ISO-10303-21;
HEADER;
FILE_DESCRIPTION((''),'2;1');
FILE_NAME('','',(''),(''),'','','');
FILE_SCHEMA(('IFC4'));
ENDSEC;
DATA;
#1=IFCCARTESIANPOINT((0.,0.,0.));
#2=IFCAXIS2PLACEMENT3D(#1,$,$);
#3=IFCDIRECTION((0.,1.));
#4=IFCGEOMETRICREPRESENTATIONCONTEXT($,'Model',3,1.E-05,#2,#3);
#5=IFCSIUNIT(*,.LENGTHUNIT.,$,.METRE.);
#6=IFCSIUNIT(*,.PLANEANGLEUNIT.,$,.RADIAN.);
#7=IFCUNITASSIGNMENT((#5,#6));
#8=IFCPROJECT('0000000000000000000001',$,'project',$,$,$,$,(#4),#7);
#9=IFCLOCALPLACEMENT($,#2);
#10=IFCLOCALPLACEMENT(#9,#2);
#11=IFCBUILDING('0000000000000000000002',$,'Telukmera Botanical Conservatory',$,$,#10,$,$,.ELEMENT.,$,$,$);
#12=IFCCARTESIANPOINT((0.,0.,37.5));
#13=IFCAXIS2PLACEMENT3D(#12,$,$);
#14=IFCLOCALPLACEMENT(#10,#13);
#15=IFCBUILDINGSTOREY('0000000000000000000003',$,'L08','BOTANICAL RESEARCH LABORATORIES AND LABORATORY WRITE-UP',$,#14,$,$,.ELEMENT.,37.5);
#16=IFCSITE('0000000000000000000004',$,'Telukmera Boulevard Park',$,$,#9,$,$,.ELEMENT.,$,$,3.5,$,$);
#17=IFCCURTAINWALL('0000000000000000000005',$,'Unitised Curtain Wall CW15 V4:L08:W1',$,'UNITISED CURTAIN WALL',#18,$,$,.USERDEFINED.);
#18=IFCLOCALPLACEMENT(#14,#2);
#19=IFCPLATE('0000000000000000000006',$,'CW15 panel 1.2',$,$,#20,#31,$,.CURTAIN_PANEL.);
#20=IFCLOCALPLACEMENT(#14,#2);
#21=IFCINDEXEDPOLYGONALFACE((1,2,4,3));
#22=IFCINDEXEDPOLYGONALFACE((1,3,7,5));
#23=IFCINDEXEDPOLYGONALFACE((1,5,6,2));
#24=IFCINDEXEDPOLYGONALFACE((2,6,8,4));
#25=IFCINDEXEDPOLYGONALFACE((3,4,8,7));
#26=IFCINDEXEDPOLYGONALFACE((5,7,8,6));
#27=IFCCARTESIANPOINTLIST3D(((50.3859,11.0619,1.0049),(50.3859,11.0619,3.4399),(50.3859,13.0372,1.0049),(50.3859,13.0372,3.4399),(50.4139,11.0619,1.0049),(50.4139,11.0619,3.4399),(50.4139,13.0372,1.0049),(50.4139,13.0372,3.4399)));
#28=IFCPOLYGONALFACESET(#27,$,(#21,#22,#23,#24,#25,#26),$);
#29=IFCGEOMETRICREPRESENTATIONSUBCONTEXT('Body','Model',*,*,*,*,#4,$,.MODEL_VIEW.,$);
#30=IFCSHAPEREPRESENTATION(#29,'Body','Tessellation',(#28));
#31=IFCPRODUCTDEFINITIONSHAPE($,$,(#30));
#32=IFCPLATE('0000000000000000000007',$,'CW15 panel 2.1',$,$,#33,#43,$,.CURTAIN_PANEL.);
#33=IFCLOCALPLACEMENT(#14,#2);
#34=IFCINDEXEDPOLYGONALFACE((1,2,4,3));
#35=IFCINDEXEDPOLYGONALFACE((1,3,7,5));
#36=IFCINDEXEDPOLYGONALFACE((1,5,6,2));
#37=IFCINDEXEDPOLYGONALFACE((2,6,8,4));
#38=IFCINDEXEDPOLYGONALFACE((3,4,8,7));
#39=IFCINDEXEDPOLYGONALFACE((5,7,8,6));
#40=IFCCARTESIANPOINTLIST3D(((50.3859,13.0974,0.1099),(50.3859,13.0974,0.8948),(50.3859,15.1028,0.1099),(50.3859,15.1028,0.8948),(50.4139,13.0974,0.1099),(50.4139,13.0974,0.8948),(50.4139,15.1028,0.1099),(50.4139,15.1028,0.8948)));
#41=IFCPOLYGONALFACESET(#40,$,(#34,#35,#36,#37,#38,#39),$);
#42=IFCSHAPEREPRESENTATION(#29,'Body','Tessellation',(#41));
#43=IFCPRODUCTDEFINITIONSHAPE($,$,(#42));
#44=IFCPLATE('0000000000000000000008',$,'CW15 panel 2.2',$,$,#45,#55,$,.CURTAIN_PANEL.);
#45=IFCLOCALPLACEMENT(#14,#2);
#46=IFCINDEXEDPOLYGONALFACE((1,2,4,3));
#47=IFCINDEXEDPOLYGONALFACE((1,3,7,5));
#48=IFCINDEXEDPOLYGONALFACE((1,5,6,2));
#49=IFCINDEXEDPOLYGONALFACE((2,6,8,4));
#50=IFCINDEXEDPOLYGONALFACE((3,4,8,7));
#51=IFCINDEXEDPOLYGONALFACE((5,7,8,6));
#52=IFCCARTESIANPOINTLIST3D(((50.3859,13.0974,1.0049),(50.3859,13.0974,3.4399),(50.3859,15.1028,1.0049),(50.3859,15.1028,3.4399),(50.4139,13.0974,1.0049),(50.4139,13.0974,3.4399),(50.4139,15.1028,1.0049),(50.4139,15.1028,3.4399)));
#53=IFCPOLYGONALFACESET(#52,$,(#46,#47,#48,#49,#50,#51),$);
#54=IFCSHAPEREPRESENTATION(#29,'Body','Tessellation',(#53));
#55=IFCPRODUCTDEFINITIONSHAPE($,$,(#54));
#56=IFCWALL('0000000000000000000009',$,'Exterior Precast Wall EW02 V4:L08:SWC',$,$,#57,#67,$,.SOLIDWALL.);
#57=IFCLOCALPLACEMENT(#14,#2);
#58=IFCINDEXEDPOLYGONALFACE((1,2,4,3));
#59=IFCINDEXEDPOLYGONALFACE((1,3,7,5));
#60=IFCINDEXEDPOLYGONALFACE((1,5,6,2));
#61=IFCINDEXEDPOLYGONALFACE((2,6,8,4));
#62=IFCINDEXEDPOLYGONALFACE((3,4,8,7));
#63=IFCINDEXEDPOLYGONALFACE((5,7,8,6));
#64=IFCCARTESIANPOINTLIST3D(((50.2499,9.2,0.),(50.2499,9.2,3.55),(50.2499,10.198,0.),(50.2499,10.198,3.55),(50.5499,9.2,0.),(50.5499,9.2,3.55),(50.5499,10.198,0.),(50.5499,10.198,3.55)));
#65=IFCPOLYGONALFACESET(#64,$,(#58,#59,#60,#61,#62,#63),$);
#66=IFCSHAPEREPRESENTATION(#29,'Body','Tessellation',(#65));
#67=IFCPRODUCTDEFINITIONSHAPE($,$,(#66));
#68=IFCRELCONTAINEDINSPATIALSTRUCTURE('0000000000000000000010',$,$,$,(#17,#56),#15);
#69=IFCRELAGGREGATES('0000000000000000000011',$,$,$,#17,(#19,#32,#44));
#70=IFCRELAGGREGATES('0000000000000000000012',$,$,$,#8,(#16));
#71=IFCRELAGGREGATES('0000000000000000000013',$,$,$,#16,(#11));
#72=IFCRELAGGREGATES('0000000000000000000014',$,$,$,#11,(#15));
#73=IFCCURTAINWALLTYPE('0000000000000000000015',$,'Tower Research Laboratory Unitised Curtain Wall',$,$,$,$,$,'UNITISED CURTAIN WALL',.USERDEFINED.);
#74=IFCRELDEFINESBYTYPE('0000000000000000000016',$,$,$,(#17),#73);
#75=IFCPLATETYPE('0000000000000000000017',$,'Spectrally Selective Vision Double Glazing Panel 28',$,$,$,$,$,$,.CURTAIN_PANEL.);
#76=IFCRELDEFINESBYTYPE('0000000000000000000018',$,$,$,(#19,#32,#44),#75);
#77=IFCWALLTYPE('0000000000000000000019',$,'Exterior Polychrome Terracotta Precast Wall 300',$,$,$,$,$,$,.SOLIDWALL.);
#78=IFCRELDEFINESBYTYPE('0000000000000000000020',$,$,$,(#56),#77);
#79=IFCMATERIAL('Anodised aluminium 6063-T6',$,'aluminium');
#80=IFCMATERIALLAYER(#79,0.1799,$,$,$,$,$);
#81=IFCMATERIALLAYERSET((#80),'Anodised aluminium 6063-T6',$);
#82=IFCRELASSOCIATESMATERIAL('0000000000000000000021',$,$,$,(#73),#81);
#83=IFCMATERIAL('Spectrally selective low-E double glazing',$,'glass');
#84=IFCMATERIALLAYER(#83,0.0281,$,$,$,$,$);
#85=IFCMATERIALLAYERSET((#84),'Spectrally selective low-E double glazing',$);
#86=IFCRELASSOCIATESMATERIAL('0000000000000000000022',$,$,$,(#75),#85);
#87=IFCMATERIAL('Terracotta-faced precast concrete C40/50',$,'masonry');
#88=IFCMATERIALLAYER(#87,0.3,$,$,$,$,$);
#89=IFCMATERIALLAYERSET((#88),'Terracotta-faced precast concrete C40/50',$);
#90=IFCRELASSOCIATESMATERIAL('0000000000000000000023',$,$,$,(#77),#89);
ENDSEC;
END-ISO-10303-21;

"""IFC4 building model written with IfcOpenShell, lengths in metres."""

from ifc_helpers import new_model, si_unit, direction, frame, frame_2d, origin, origin_2d, place, context, subcontext, project, spatial, rectangle, extrude, material, layer, layer_set, type_object, element, aggregate, save


model = new_model("IFC4")

# Units and contexts
model_context = context("Model", 3, precision=1e-05, world=origin(), true_north=direction((0.0, 1.0)))
body_context = subcontext(model_context, "Body", "Model", "MODEL_VIEW")
ifc_project = project(units=[si_unit("LENGTHUNIT", "METRE"), si_unit("PLANEANGLEUNIT", "RADIAN")], contexts=[model_context])

# Site, building, storey
site_placement = place(None, origin())
site = spatial("IfcSite", under=ifc_project, at=site_placement, Name="Telukmera Boulevard Park", CompositionType="ELEMENT", RefElevation=3.5)
building_placement = place(site_placement, origin())
building = spatial("IfcBuilding", under=site, at=building_placement, Name="Telukmera Botanical Conservatory", CompositionType="ELEMENT")
storey_placement = place(building_placement, frame((0.0, 0.0, 37.5)))
storey = spatial("IfcBuildingStorey", under=building, at=storey_placement, Name="L08", Description="BOTANICAL RESEARCH LABORATORIES AND LABORATORY WRITE-UP", CompositionType="ELEMENT", Elevation=37.5)

# Curtain wall, plates
ifc_material_1 = material(Name="Anodised aluminium 6063-T6", Category="aluminium")
ifc_layer_1 = layer(ifc_material_1, 0.1799)
ifc_layer_set_1 = layer_set([ifc_layer_1], Name="Anodised aluminium 6063-T6")
curtain_wall_type = type_object("IfcCurtainWallType", Name="Tower Research Laboratory Unitised Curtain Wall", ElementType="UNITISED CURTAIN WALL", PredefinedType="USERDEFINED", material=ifc_layer_set_1)
curtain_wall_placement = place(storey_placement, origin())
curtain_wall = element("IfcCurtainWall", 1, at=curtain_wall_placement, inside=storey, type_object=curtain_wall_type, Name="Unitised Curtain Wall CW15 V4:L08:W1", ObjectType="UNITISED CURTAIN WALL", PredefinedType="USERDEFINED")
ifc_material_2 = material(Name="Spectrally selective low-E double glazing", Category="glass")
ifc_layer_2 = layer(ifc_material_2, 0.0281)
ifc_layer_set_2 = layer_set([ifc_layer_2], Name="Spectrally selective low-E double glazing")
plate_type = type_object("IfcPlateType", Name="Spectrally Selective Vision Double Glazing Panel 28", PredefinedType="CURTAIN_PANEL", material=ifc_layer_set_2)
plate_1_placement = place(storey_placement, frame((50.3999, 12.0496, 1.0049), z_axis=(0.0, 0.0, 1.0), x_axis=(0.0, 1.0, 0.0)))
plate_1 = element("IfcPlate", 2, at=plate_1_placement, type_object=plate_type, Name="CW15 panel 1.2", PredefinedType="CURTAIN_PANEL", context=body_context, shape_type="SweptSolid", body=[
    extrude(rectangle(XDim=1.9753, YDim=0.0281, at=origin_2d()), origin(), (0.0, 0.0, 1.0), 2.4351),
])
plate_2_placement = place(storey_placement, frame((50.3999, 14.1001, 0.1099), z_axis=(0.0, 0.0, 1.0), x_axis=(0.0, 1.0, 0.0)))
plate_2 = element("IfcPlate", 3, at=plate_2_placement, type_object=plate_type, Name="CW15 panel 2.1", PredefinedType="CURTAIN_PANEL", context=body_context, shape_type="SweptSolid", body=[
    extrude(rectangle(XDim=2.0054, YDim=0.0281, at=origin_2d()), origin(), (0.0, 0.0, 1.0), 0.7849),
])
plate_3_placement = place(storey_placement, frame((50.3999, 14.1001, 1.0049), z_axis=(0.0, 0.0, 1.0), x_axis=(0.0, 1.0, 0.0)))
plate_3 = element("IfcPlate", 4, at=plate_3_placement, type_object=plate_type, Name="CW15 panel 2.2", PredefinedType="CURTAIN_PANEL", context=body_context, shape_type="SweptSolid", body=[
    extrude(rectangle(XDim=2.0054, YDim=0.0281, at=origin_2d()), origin(), (0.0, 0.0, 1.0), 2.4351),
])
aggregate(curtain_wall, [plate_1, plate_2, plate_3])

# Wall
ifc_material_3 = material(Name="Terracotta-faced precast concrete C40/50", Category="masonry")
ifc_layer_3 = layer(ifc_material_3, 0.3)
ifc_layer_set_3 = layer_set([ifc_layer_3], Name="Terracotta-faced precast concrete C40/50")
wall_type = type_object("IfcWallType", Name="Exterior Polychrome Terracotta Precast Wall 300", PredefinedType="SOLIDWALL", material=ifc_layer_set_3)
wall_placement = place(storey_placement, frame((50.3999, 9.2, 0.0), z_axis=(0.0, 0.0, 1.0), x_axis=(0.0, 1.0, 0.0)))
element("IfcWall", 5, at=wall_placement, inside=storey, type_object=wall_type, Name="Exterior Precast Wall EW02 V4:L08:SWC", PredefinedType="SOLIDWALL", context=body_context, shape_type="SweptSolid", body=[
    extrude(rectangle(XDim=0.998, YDim=0.3, at=frame_2d((0.499, 0.0))), origin(), (0.0, 0.0, 1.0), 3.55),
])

save(model, "model.ifc")
